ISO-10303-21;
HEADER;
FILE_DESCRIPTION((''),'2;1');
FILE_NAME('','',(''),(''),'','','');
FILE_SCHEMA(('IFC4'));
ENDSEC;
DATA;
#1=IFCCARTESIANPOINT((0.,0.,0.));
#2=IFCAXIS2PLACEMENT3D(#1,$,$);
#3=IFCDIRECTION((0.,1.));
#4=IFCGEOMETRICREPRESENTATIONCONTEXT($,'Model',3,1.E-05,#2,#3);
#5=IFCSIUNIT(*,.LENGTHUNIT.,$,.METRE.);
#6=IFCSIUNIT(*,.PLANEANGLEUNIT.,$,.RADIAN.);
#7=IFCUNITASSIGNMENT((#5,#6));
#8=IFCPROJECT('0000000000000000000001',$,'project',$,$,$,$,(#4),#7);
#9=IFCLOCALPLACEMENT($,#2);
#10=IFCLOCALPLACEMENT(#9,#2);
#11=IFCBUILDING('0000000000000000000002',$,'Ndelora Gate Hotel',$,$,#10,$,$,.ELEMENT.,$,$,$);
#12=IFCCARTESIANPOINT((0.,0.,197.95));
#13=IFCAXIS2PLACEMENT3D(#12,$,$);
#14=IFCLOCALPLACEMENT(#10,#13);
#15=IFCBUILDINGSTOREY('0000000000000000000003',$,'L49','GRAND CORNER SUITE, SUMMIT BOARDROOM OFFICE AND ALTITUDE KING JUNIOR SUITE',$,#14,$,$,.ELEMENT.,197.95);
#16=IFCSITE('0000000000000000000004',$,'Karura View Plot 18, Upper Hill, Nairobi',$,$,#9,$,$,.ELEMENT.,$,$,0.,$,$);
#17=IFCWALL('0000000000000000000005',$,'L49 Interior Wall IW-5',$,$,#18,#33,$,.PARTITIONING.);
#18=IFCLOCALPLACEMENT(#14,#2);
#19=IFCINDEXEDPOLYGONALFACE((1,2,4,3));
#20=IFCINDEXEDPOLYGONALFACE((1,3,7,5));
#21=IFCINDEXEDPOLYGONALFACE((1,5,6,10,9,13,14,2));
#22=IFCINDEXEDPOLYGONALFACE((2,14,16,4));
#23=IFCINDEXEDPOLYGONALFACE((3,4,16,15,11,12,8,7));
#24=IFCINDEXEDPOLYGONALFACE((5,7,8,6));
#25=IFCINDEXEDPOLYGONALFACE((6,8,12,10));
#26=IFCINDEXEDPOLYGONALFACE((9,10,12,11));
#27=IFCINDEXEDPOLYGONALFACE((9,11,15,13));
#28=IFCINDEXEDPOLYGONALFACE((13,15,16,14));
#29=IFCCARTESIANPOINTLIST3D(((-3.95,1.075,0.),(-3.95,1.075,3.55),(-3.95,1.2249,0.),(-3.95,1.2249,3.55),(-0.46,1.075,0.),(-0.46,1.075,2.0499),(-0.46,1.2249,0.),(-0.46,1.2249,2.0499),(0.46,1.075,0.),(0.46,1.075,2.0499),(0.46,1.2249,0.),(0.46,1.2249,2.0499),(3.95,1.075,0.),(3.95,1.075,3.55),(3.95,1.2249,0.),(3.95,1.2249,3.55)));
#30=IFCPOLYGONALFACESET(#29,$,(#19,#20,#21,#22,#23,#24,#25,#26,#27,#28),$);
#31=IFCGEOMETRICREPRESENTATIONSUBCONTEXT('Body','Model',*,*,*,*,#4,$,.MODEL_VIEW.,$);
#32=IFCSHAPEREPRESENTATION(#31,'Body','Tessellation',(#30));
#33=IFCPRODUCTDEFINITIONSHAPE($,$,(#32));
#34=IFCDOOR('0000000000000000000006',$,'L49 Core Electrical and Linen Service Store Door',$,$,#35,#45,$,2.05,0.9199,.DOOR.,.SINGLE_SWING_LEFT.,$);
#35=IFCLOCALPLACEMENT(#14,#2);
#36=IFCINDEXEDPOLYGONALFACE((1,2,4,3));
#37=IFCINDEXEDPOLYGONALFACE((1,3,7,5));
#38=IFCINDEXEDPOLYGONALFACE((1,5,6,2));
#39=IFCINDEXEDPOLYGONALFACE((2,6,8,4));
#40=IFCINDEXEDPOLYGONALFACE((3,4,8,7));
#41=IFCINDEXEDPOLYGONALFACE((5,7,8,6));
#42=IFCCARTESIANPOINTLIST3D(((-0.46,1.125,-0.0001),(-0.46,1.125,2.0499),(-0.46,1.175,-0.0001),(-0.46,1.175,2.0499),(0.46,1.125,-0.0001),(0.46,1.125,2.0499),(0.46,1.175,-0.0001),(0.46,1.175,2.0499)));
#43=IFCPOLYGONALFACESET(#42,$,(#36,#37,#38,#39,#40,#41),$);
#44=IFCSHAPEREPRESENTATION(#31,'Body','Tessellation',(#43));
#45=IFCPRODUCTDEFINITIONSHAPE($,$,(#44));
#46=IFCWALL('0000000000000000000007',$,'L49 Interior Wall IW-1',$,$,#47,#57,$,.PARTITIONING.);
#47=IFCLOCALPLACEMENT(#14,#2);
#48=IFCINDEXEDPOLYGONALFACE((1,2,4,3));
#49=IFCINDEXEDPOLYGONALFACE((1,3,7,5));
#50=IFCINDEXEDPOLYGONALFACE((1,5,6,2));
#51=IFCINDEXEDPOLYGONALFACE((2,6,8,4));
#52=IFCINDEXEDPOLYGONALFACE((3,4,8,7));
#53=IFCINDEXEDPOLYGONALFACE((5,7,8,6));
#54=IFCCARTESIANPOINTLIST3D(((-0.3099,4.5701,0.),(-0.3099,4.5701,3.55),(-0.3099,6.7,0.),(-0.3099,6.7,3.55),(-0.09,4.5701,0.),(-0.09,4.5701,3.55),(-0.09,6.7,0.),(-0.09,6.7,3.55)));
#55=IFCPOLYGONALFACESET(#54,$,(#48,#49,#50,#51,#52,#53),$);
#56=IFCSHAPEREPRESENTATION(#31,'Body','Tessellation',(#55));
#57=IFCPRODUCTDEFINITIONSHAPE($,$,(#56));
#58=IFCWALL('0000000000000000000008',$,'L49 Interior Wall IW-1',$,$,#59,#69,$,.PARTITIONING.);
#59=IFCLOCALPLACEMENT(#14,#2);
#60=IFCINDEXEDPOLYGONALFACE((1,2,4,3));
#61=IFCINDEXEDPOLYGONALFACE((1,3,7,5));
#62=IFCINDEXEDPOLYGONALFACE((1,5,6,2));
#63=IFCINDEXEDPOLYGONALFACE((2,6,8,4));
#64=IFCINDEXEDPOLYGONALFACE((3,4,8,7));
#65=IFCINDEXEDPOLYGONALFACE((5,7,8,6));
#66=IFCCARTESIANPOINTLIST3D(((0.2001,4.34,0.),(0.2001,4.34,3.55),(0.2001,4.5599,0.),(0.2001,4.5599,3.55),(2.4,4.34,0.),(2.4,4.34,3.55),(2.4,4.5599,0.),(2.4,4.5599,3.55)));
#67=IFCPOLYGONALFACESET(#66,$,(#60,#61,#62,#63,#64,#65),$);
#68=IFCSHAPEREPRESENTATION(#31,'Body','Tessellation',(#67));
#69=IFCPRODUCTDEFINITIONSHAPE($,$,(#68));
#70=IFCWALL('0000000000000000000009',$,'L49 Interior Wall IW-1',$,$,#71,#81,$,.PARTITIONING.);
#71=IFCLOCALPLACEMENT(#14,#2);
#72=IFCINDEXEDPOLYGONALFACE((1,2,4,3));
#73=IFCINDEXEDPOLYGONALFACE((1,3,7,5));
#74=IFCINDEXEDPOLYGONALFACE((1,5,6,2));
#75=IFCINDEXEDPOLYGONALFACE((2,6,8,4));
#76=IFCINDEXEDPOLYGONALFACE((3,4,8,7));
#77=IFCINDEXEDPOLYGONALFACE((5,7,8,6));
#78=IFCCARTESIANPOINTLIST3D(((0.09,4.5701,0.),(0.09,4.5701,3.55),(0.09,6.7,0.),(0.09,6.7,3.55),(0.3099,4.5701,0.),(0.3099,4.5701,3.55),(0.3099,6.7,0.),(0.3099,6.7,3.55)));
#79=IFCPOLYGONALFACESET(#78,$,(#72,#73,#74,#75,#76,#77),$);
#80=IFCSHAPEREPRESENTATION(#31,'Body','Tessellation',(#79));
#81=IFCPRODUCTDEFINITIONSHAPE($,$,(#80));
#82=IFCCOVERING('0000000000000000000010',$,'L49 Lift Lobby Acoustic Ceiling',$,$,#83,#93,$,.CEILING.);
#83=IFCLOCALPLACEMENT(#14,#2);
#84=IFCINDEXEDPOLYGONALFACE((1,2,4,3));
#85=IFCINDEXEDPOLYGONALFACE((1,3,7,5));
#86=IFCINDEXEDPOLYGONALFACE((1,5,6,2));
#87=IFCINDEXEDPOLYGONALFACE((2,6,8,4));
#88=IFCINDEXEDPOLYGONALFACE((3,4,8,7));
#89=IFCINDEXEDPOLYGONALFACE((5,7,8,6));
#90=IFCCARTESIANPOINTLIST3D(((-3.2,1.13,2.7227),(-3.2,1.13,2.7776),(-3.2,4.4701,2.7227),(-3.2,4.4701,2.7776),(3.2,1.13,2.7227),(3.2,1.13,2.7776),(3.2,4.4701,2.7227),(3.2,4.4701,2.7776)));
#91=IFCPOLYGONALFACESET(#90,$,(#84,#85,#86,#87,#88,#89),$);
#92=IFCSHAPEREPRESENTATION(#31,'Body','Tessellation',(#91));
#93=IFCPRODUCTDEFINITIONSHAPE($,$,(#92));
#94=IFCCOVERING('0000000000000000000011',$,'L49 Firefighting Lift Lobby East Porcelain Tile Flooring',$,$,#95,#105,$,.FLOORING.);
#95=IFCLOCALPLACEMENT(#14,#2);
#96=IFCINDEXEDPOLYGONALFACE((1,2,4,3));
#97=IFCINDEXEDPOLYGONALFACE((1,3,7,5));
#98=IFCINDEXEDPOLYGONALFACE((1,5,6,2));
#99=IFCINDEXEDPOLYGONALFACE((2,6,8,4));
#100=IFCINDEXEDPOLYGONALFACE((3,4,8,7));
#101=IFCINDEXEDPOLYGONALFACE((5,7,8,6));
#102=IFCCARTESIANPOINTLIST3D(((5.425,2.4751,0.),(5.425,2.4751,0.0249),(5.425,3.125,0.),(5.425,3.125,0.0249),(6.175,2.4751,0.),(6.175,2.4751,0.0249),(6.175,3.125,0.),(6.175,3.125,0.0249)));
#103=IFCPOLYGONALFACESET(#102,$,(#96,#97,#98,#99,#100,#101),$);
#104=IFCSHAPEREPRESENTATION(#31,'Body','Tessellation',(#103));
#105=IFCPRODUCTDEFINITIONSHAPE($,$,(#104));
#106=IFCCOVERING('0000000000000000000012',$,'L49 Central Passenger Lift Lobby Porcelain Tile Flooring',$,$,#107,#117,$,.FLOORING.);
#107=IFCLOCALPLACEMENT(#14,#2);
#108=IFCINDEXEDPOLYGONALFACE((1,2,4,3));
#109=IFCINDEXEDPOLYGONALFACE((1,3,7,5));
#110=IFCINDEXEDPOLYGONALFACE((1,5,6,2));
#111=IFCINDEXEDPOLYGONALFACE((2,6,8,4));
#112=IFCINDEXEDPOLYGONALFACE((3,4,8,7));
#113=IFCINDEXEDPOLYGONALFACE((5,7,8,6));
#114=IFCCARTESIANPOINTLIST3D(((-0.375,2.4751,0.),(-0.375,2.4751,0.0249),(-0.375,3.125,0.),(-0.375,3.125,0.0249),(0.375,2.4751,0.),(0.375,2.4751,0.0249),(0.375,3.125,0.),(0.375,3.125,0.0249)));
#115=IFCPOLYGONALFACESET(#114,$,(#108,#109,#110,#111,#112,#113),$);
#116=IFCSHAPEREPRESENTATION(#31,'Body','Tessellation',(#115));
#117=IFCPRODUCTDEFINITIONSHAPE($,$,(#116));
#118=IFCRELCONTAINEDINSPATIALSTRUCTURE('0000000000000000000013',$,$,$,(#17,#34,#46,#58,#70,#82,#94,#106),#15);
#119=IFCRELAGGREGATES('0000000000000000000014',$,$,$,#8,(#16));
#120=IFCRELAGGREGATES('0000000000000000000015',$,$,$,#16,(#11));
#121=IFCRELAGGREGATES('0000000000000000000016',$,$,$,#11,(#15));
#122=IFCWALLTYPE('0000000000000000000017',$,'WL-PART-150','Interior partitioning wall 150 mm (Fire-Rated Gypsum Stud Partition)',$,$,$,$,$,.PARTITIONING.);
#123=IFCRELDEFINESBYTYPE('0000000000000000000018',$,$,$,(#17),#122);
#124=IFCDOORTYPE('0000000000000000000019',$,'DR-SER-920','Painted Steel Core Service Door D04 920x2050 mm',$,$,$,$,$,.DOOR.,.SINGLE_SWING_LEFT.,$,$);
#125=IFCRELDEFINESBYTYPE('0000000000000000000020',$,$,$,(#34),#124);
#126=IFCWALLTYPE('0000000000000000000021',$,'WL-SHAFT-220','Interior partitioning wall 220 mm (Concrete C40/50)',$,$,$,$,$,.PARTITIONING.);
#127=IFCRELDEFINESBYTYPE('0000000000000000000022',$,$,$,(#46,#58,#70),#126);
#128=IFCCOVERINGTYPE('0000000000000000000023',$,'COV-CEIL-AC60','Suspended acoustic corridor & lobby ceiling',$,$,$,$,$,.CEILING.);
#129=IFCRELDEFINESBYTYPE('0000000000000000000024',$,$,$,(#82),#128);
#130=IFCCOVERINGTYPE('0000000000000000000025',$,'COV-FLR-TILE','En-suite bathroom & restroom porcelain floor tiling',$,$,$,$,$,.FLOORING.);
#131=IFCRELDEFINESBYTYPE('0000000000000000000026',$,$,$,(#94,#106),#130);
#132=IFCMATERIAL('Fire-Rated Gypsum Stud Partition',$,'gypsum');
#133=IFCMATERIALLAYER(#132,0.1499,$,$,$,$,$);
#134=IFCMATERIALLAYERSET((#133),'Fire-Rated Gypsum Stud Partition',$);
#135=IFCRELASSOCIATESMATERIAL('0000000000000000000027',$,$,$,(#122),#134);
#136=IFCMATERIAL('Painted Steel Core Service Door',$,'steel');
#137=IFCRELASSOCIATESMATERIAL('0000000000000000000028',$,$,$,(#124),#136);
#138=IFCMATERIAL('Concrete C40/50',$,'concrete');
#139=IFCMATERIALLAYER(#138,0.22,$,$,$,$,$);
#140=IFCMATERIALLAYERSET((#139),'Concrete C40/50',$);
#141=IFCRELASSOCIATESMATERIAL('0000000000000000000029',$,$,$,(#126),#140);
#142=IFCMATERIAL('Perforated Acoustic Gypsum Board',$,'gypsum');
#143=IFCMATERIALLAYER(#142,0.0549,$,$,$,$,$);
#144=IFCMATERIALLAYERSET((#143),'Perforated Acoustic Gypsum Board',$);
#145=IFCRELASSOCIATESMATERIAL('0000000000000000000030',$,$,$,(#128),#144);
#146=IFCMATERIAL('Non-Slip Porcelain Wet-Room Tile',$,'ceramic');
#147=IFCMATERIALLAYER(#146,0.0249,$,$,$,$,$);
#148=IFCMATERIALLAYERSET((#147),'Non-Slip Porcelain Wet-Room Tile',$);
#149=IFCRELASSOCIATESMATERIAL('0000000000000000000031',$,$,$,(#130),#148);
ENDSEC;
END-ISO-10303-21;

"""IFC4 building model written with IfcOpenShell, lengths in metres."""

from ifc_helpers import new_model, si_unit, direction, frame, frame_2d, origin, origin_2d, place, context, subcontext, project, spatial, rectangle, extrude, material, layer, layer_set, type_object, element, fill, save


model = new_model("IFC4")

# Units and contexts
model_context = context("Model", 3, precision=1e-05, world=origin(), true_north=direction((0.0, 1.0)))
body_context = subcontext(model_context, "Body", "Model", "MODEL_VIEW")
ifc_project = project(units=[si_unit("LENGTHUNIT", "METRE"), si_unit("PLANEANGLEUNIT", "RADIAN")], contexts=[model_context])

# Site, building, storey
site_placement = place(None, origin())
site = spatial("IfcSite", under=ifc_project, at=site_placement, Name="Karura View Plot 18, Upper Hill, Nairobi", CompositionType="ELEMENT", RefElevation=0.0)
building_placement = place(site_placement, origin())
building = spatial("IfcBuilding", under=site, at=building_placement, Name="Ndelora Gate Hotel", CompositionType="ELEMENT")
storey_placement = place(building_placement, frame((0.0, 0.0, 197.95)))
storey = spatial("IfcBuildingStorey", under=building, at=storey_placement, Name="L49", Description="GRAND CORNER SUITE, SUMMIT BOARDROOM OFFICE AND ALTITUDE KING JUNIOR SUITE", CompositionType="ELEMENT", Elevation=197.95)

# Shared definitions
ifc_material_1 = material(Name="Concrete C40/50", Category="concrete")

# Wall, opening, door
ifc_material_2 = material(Name="Fire-Rated Gypsum Stud Partition", Category="gypsum")
ifc_layer_1 = layer(ifc_material_2, 0.1499)
ifc_layer_set_1 = layer_set([ifc_layer_1], Name="Fire-Rated Gypsum Stud Partition")
wall_type_1 = type_object("IfcWallType", Name="WL-PART-150", Description="Interior partitioning wall 150 mm (Fire-Rated Gypsum Stud Partition)", PredefinedType="PARTITIONING", material=ifc_layer_set_1)
wall_1_placement = place(storey_placement, frame((3.95, 1.1499, 0.0), z_axis=(0.0, 0.0, 1.0), x_axis=(-1.0, 0.0, 0.0)))
wall_1 = element("IfcWall", 1, at=wall_1_placement, inside=storey, type_object=wall_type_1, Name="L49 Interior Wall IW-5", PredefinedType="PARTITIONING", context=body_context, shape_type="SweptSolid", body=[
    extrude(rectangle(XDim=7.8999, YDim=0.1499, at=frame_2d((3.95, 0.0))), origin(), (0.0, 0.0, 1.0), 3.55),
])
opening_1_placement = place(wall_1_placement, frame((3.49, 0.0, 0.0)))
opening_1 = element("IfcOpeningElement", 2, at=opening_1_placement, cuts=wall_1, PredefinedType="OPENING", context=body_context, shape_type="SweptSolid", body=[
    extrude(rectangle(XDim=0.9199, YDim=2.05, at=frame_2d((0.46, 1.0249))), frame((0.0, 0.085, 0.0), z_axis=(0.0, -1.0, 0.0), x_axis=(1.0, 0.0, 0.0)), (0.0, 0.0, 1.0), 0.1699),
])
ifc_material_3 = material(Name="Painted Steel Core Service Door", Category="steel")
door_type_1 = type_object("IfcDoorType", Name="DR-SER-920", Description="Painted Steel Core Service Door D04 920x2050 mm", OperationType="SINGLE_SWING_LEFT", PredefinedType="DOOR", material=ifc_material_3)
door_1_placement = place(opening_1_placement, origin())
door_1 = element("IfcDoor", 3, at=door_1_placement, inside=storey, type_object=door_type_1, Name="L49 Core Electrical and Linen Service Store Door", OperationType="SINGLE_SWING_LEFT", OverallHeight=2.05, OverallWidth=0.9199, PredefinedType="DOOR", context=body_context, shape_type="SweptSolid", body=[
    extrude(rectangle(XDim=0.9199, YDim=2.05, at=frame_2d((0.46, 1.0249))), frame((0.0, 0.0249, 0.0), z_axis=(0.0, -1.0, 0.0), x_axis=(1.0, 0.0, 0.0)), (0.0, 0.0, 1.0), 0.05),
])
fill(opening_1, door_1)
ifc_layer_2 = layer(ifc_material_1, 0.22)
ifc_layer_set_2 = layer_set([ifc_layer_2], Name="Concrete C40/50")
wall_type_2 = type_object("IfcWallType", Name="WL-SHAFT-220", Description="Interior partitioning wall 220 mm (Concrete C40/50)", PredefinedType="PARTITIONING", material=ifc_layer_set_2)

# Walls
wall_2_placement = place(storey_placement, frame((-0.2, 4.5701, 0.0), z_axis=(0.0, 0.0, 1.0), x_axis=(0.0, 1.0, 0.0)))
element("IfcWall", 4, at=wall_2_placement, inside=storey, type_object=wall_type_2, Name="L49 Interior Wall IW-1", PredefinedType="PARTITIONING", context=body_context, shape_type="SweptSolid", body=[
    extrude(rectangle(XDim=2.1299, YDim=0.22, at=frame_2d((1.0649, 0.0))), origin(), (0.0, 0.0, 1.0), 3.55),
])
wall_3_placement = place(storey_placement, frame((0.2, 4.45, 0.0), z_axis=(0.0, 0.0, 1.0), x_axis=(1.0, 0.0, 0.0)))
element("IfcWall", 5, at=wall_3_placement, inside=storey, type_object=wall_type_2, Name="L49 Interior Wall IW-1", PredefinedType="PARTITIONING", context=body_context, shape_type="SweptSolid", body=[
    extrude(rectangle(XDim=2.2, YDim=0.22, at=frame_2d((1.1001, 0.0))), origin(), (0.0, 0.0, 1.0), 3.55),
])
wall_4_placement = place(storey_placement, frame((0.2, 4.5701, 0.0), z_axis=(0.0, 0.0, 1.0), x_axis=(0.0, 1.0, 0.0)))
element("IfcWall", 6, at=wall_4_placement, inside=storey, type_object=wall_type_2, Name="L49 Interior Wall IW-1", PredefinedType="PARTITIONING", context=body_context, shape_type="SweptSolid", body=[
    extrude(rectangle(XDim=2.1299, YDim=0.22, at=frame_2d((1.0649, 0.0))), origin(), (0.0, 0.0, 1.0), 3.55),
])

# Coverings
ifc_material_4 = material(Name="Perforated Acoustic Gypsum Board", Category="gypsum")
ifc_layer_3 = layer(ifc_material_4, 0.0549)
ifc_layer_set_3 = layer_set([ifc_layer_3], Name="Perforated Acoustic Gypsum Board")
covering_type_1 = type_object("IfcCoveringType", Name="COV-CEIL-AC60", Description="Suspended acoustic corridor & lobby ceiling", PredefinedType="CEILING", material=ifc_layer_set_3)
covering_placement = place(storey_placement, frame((0.0, 2.8, 2.7227), z_axis=(0.0, 0.0, 1.0), x_axis=(1.0, 0.0, 0.0)))
element("IfcCovering", 7, at=covering_placement, inside=storey, type_object=covering_type_1, Name="L49 Lift Lobby Acoustic Ceiling", PredefinedType="CEILING", context=body_context, shape_type="SweptSolid", body=[
    extrude(rectangle(XDim=6.3999, YDim=3.3401, at=origin_2d()), origin(), (0.0, 0.0, 1.0), 0.0549),
])
ifc_material_5 = material(Name="Non-Slip Porcelain Wet-Room Tile", Category="ceramic")
ifc_layer_4 = layer(ifc_material_5, 0.0249)
ifc_layer_set_4 = layer_set([ifc_layer_4], Name="Non-Slip Porcelain Wet-Room Tile")
covering_type_2 = type_object("IfcCoveringType", Name="COV-FLR-TILE", Description="En-suite bathroom & restroom porcelain floor tiling", PredefinedType="FLOORING", material=ifc_layer_set_4)
for number, where, z_axis, x_axis, name in (
    (8, (5.8, 2.8, 0.0), (0.0, 0.0, 1.0), (1.0, 0.0, 0.0), "L49 Firefighting Lift Lobby East Porcelain Tile Flooring"),
    (9, (0.0, 2.8, 0.0), (0.0, 0.0, 1.0), (1.0, 0.0, 0.0), "L49 Central Passenger Lift Lobby Porcelain Tile Flooring"),
):
    element("IfcCovering", number, at=place(storey_placement, frame(where, z_axis=z_axis, x_axis=x_axis)), inside=storey, type_object=covering_type_2, Name=name, PredefinedType="FLOORING", context=body_context, shape_type="SweptSolid", body=[
        extrude(rectangle(XDim=0.75, YDim=0.6499, at=origin_2d()), origin(), (0.0, 0.0, 1.0), 0.0249),
    ])

save(model, "model.ifc")
